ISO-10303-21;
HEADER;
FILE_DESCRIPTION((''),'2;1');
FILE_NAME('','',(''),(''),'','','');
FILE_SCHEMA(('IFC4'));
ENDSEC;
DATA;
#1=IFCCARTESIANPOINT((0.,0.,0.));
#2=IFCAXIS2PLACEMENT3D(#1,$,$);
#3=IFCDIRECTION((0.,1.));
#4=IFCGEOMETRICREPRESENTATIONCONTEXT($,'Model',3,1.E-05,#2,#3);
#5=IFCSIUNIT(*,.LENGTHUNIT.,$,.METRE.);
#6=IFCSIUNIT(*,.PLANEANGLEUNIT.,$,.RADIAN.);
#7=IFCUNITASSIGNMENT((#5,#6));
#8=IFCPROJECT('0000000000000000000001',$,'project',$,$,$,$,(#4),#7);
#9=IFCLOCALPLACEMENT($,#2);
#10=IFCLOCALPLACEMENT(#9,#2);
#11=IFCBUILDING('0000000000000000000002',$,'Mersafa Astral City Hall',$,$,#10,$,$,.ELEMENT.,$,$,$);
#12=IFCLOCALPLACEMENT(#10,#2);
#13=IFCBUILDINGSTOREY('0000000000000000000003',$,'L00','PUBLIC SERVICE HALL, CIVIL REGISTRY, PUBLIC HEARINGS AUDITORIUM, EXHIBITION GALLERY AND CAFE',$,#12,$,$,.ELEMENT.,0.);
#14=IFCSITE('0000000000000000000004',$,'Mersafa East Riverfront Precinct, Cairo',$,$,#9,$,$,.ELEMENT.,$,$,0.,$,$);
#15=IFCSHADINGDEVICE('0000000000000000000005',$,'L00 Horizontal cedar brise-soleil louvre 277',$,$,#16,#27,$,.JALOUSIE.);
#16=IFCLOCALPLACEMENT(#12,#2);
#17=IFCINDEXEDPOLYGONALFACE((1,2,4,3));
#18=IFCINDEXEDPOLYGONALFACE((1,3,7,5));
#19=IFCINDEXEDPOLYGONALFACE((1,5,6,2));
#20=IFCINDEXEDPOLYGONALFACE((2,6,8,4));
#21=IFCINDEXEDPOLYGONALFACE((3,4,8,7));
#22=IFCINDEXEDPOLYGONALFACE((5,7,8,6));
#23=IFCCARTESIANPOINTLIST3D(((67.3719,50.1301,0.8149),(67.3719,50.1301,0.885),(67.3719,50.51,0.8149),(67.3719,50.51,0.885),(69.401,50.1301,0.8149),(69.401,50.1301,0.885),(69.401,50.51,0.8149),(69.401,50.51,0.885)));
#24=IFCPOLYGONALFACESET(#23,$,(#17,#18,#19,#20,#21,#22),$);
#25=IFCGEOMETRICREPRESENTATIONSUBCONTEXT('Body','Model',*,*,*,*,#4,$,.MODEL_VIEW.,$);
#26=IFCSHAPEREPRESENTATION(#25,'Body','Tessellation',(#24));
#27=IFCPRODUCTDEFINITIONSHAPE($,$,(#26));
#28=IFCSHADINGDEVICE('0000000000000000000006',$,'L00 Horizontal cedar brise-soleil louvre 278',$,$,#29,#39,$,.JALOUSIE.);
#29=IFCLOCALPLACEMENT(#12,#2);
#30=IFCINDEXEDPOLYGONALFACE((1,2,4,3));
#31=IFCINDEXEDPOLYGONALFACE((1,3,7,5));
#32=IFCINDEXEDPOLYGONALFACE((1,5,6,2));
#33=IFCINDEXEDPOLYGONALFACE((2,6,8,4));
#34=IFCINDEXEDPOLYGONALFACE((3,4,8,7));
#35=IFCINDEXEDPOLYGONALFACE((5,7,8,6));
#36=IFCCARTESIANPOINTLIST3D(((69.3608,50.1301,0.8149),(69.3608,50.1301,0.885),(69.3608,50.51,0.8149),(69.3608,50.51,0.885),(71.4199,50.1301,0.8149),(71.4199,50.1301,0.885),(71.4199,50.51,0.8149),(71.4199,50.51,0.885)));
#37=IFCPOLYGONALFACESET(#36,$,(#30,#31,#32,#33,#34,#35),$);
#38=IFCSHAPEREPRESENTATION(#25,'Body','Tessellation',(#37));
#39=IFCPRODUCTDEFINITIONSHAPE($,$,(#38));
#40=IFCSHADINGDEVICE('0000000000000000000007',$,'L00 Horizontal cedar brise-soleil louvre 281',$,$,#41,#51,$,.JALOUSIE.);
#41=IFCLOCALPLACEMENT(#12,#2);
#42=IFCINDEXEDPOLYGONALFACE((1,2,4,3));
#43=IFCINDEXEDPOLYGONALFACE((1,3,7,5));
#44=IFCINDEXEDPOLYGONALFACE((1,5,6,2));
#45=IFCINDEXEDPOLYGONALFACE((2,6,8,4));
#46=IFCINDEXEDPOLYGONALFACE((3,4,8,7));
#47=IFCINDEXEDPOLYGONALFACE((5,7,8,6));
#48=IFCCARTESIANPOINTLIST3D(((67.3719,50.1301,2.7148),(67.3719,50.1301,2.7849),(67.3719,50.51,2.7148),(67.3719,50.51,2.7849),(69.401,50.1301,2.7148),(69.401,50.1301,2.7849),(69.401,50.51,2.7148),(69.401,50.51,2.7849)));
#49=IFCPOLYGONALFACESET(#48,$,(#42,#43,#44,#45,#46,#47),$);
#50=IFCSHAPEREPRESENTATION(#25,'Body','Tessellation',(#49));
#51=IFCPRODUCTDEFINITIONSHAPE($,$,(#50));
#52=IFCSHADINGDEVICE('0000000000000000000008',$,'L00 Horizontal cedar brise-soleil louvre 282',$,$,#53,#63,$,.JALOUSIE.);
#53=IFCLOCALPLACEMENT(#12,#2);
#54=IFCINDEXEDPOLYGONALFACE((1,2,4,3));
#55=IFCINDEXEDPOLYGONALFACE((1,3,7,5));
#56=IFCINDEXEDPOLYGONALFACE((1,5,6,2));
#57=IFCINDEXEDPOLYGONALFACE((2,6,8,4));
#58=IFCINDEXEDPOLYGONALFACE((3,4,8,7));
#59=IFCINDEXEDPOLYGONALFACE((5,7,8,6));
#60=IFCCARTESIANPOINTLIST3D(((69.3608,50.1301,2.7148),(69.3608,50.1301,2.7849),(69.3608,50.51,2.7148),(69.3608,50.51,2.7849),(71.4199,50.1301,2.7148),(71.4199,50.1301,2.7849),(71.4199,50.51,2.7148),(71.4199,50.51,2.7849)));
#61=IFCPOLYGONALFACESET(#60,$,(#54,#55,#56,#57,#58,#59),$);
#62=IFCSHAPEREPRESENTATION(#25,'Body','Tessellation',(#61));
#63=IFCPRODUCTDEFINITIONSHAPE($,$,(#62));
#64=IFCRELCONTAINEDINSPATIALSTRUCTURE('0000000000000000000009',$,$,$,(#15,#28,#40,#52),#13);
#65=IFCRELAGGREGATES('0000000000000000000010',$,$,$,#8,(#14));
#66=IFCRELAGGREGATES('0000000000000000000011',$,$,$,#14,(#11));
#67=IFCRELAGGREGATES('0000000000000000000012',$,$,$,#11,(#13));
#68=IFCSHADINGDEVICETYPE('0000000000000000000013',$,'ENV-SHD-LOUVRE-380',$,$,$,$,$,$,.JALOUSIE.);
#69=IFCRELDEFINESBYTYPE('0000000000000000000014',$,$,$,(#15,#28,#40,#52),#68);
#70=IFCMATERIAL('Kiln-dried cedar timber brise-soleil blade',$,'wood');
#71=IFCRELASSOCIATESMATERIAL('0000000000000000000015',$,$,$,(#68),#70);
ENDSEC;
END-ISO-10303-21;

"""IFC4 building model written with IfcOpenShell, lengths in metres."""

from ifc_helpers import new_model, si_unit, direction, frame, origin, origin_2d, place, context, subcontext, project, spatial, rectangle, extrude, material, type_object, element, save


model = new_model("IFC4")

# Units and contexts
model_context = context("Model", 3, precision=1e-05, world=origin(), true_north=direction((0.0, 1.0)))
body_context = subcontext(model_context, "Body", "Model", "MODEL_VIEW")
ifc_project = project(units=[si_unit("LENGTHUNIT", "METRE"), si_unit("PLANEANGLEUNIT", "RADIAN")], contexts=[model_context])

# Site, building, storey
site_placement = place(None, origin())
site = spatial("IfcSite", under=ifc_project, at=site_placement, Name="Mersafa East Riverfront Precinct, Cairo", CompositionType="ELEMENT", RefElevation=0.0)
building_placement = place(site_placement, origin())
building = spatial("IfcBuilding", under=site, at=building_placement, Name="Mersafa Astral City Hall", CompositionType="ELEMENT")
storey_placement = place(building_placement, origin())
storey = spatial("IfcBuildingStorey", under=building, at=storey_placement, Name="L00", Description="PUBLIC SERVICE HALL, CIVIL REGISTRY, PUBLIC HEARINGS AUDITORIUM, EXHIBITION GALLERY AND CAFE", CompositionType="ELEMENT", Elevation=0.0)

# Shading devices
ifc_material_1 = material(Name="Kiln-dried cedar timber brise-soleil blade", Category="wood")
shading_device_type = type_object("IfcShadingDeviceType", Name="ENV-SHD-LOUVRE-380", PredefinedType="JALOUSIE", material=ifc_material_1)
shading_device_1_placement = place(storey_placement, frame((68.3865, 50.3201, 0.8149), z_axis=(0.0, 0.0, 1.0), x_axis=(1.0, 0.0, 0.0)))
element("IfcShadingDevice", 1, at=shading_device_1_placement, inside=storey, type_object=shading_device_type, Name="L00 Horizontal cedar brise-soleil louvre 277", PredefinedType="JALOUSIE", context=body_context, shape_type="SweptSolid", body=[
    extrude(rectangle(XDim=2.0291, YDim=0.3799, at=origin_2d()), origin(), (0.0, 0.0, 1.0), 0.0701),
])
shading_device_2_placement = place(storey_placement, frame((70.3904, 50.3201, 0.8149), z_axis=(0.0, 0.0, 1.0), x_axis=(1.0, 0.0, 0.0)))
element("IfcShadingDevice", 2, at=shading_device_2_placement, inside=storey, type_object=shading_device_type, Name="L00 Horizontal cedar brise-soleil louvre 278", PredefinedType="JALOUSIE", context=body_context, shape_type="SweptSolid", body=[
    extrude(rectangle(XDim=2.0591, YDim=0.3799, at=origin_2d()), origin(), (0.0, 0.0, 1.0), 0.0701),
])
shading_device_3_placement = place(storey_placement, frame((68.3865, 50.3201, 2.7148), z_axis=(0.0, 0.0, 1.0), x_axis=(1.0, 0.0, 0.0)))
element("IfcShadingDevice", 3, at=shading_device_3_placement, inside=storey, type_object=shading_device_type, Name="L00 Horizontal cedar brise-soleil louvre 281", PredefinedType="JALOUSIE", context=body_context, shape_type="SweptSolid", body=[
    extrude(rectangle(XDim=2.0291, YDim=0.3799, at=origin_2d()), origin(), (0.0, 0.0, 1.0), 0.0701),
])
shading_device_4_placement = place(storey_placement, frame((70.3904, 50.3201, 2.7148), z_axis=(0.0, 0.0, 1.0), x_axis=(1.0, 0.0, 0.0)))
element("IfcShadingDevice", 4, at=shading_device_4_placement, inside=storey, type_object=shading_device_type, Name="L00 Horizontal cedar brise-soleil louvre 282", PredefinedType="JALOUSIE", context=body_context, shape_type="SweptSolid", body=[
    extrude(rectangle(XDim=2.0591, YDim=0.3799, at=origin_2d()), origin(), (0.0, 0.0, 1.0), 0.0701),
])

save(model, "model.ifc")
